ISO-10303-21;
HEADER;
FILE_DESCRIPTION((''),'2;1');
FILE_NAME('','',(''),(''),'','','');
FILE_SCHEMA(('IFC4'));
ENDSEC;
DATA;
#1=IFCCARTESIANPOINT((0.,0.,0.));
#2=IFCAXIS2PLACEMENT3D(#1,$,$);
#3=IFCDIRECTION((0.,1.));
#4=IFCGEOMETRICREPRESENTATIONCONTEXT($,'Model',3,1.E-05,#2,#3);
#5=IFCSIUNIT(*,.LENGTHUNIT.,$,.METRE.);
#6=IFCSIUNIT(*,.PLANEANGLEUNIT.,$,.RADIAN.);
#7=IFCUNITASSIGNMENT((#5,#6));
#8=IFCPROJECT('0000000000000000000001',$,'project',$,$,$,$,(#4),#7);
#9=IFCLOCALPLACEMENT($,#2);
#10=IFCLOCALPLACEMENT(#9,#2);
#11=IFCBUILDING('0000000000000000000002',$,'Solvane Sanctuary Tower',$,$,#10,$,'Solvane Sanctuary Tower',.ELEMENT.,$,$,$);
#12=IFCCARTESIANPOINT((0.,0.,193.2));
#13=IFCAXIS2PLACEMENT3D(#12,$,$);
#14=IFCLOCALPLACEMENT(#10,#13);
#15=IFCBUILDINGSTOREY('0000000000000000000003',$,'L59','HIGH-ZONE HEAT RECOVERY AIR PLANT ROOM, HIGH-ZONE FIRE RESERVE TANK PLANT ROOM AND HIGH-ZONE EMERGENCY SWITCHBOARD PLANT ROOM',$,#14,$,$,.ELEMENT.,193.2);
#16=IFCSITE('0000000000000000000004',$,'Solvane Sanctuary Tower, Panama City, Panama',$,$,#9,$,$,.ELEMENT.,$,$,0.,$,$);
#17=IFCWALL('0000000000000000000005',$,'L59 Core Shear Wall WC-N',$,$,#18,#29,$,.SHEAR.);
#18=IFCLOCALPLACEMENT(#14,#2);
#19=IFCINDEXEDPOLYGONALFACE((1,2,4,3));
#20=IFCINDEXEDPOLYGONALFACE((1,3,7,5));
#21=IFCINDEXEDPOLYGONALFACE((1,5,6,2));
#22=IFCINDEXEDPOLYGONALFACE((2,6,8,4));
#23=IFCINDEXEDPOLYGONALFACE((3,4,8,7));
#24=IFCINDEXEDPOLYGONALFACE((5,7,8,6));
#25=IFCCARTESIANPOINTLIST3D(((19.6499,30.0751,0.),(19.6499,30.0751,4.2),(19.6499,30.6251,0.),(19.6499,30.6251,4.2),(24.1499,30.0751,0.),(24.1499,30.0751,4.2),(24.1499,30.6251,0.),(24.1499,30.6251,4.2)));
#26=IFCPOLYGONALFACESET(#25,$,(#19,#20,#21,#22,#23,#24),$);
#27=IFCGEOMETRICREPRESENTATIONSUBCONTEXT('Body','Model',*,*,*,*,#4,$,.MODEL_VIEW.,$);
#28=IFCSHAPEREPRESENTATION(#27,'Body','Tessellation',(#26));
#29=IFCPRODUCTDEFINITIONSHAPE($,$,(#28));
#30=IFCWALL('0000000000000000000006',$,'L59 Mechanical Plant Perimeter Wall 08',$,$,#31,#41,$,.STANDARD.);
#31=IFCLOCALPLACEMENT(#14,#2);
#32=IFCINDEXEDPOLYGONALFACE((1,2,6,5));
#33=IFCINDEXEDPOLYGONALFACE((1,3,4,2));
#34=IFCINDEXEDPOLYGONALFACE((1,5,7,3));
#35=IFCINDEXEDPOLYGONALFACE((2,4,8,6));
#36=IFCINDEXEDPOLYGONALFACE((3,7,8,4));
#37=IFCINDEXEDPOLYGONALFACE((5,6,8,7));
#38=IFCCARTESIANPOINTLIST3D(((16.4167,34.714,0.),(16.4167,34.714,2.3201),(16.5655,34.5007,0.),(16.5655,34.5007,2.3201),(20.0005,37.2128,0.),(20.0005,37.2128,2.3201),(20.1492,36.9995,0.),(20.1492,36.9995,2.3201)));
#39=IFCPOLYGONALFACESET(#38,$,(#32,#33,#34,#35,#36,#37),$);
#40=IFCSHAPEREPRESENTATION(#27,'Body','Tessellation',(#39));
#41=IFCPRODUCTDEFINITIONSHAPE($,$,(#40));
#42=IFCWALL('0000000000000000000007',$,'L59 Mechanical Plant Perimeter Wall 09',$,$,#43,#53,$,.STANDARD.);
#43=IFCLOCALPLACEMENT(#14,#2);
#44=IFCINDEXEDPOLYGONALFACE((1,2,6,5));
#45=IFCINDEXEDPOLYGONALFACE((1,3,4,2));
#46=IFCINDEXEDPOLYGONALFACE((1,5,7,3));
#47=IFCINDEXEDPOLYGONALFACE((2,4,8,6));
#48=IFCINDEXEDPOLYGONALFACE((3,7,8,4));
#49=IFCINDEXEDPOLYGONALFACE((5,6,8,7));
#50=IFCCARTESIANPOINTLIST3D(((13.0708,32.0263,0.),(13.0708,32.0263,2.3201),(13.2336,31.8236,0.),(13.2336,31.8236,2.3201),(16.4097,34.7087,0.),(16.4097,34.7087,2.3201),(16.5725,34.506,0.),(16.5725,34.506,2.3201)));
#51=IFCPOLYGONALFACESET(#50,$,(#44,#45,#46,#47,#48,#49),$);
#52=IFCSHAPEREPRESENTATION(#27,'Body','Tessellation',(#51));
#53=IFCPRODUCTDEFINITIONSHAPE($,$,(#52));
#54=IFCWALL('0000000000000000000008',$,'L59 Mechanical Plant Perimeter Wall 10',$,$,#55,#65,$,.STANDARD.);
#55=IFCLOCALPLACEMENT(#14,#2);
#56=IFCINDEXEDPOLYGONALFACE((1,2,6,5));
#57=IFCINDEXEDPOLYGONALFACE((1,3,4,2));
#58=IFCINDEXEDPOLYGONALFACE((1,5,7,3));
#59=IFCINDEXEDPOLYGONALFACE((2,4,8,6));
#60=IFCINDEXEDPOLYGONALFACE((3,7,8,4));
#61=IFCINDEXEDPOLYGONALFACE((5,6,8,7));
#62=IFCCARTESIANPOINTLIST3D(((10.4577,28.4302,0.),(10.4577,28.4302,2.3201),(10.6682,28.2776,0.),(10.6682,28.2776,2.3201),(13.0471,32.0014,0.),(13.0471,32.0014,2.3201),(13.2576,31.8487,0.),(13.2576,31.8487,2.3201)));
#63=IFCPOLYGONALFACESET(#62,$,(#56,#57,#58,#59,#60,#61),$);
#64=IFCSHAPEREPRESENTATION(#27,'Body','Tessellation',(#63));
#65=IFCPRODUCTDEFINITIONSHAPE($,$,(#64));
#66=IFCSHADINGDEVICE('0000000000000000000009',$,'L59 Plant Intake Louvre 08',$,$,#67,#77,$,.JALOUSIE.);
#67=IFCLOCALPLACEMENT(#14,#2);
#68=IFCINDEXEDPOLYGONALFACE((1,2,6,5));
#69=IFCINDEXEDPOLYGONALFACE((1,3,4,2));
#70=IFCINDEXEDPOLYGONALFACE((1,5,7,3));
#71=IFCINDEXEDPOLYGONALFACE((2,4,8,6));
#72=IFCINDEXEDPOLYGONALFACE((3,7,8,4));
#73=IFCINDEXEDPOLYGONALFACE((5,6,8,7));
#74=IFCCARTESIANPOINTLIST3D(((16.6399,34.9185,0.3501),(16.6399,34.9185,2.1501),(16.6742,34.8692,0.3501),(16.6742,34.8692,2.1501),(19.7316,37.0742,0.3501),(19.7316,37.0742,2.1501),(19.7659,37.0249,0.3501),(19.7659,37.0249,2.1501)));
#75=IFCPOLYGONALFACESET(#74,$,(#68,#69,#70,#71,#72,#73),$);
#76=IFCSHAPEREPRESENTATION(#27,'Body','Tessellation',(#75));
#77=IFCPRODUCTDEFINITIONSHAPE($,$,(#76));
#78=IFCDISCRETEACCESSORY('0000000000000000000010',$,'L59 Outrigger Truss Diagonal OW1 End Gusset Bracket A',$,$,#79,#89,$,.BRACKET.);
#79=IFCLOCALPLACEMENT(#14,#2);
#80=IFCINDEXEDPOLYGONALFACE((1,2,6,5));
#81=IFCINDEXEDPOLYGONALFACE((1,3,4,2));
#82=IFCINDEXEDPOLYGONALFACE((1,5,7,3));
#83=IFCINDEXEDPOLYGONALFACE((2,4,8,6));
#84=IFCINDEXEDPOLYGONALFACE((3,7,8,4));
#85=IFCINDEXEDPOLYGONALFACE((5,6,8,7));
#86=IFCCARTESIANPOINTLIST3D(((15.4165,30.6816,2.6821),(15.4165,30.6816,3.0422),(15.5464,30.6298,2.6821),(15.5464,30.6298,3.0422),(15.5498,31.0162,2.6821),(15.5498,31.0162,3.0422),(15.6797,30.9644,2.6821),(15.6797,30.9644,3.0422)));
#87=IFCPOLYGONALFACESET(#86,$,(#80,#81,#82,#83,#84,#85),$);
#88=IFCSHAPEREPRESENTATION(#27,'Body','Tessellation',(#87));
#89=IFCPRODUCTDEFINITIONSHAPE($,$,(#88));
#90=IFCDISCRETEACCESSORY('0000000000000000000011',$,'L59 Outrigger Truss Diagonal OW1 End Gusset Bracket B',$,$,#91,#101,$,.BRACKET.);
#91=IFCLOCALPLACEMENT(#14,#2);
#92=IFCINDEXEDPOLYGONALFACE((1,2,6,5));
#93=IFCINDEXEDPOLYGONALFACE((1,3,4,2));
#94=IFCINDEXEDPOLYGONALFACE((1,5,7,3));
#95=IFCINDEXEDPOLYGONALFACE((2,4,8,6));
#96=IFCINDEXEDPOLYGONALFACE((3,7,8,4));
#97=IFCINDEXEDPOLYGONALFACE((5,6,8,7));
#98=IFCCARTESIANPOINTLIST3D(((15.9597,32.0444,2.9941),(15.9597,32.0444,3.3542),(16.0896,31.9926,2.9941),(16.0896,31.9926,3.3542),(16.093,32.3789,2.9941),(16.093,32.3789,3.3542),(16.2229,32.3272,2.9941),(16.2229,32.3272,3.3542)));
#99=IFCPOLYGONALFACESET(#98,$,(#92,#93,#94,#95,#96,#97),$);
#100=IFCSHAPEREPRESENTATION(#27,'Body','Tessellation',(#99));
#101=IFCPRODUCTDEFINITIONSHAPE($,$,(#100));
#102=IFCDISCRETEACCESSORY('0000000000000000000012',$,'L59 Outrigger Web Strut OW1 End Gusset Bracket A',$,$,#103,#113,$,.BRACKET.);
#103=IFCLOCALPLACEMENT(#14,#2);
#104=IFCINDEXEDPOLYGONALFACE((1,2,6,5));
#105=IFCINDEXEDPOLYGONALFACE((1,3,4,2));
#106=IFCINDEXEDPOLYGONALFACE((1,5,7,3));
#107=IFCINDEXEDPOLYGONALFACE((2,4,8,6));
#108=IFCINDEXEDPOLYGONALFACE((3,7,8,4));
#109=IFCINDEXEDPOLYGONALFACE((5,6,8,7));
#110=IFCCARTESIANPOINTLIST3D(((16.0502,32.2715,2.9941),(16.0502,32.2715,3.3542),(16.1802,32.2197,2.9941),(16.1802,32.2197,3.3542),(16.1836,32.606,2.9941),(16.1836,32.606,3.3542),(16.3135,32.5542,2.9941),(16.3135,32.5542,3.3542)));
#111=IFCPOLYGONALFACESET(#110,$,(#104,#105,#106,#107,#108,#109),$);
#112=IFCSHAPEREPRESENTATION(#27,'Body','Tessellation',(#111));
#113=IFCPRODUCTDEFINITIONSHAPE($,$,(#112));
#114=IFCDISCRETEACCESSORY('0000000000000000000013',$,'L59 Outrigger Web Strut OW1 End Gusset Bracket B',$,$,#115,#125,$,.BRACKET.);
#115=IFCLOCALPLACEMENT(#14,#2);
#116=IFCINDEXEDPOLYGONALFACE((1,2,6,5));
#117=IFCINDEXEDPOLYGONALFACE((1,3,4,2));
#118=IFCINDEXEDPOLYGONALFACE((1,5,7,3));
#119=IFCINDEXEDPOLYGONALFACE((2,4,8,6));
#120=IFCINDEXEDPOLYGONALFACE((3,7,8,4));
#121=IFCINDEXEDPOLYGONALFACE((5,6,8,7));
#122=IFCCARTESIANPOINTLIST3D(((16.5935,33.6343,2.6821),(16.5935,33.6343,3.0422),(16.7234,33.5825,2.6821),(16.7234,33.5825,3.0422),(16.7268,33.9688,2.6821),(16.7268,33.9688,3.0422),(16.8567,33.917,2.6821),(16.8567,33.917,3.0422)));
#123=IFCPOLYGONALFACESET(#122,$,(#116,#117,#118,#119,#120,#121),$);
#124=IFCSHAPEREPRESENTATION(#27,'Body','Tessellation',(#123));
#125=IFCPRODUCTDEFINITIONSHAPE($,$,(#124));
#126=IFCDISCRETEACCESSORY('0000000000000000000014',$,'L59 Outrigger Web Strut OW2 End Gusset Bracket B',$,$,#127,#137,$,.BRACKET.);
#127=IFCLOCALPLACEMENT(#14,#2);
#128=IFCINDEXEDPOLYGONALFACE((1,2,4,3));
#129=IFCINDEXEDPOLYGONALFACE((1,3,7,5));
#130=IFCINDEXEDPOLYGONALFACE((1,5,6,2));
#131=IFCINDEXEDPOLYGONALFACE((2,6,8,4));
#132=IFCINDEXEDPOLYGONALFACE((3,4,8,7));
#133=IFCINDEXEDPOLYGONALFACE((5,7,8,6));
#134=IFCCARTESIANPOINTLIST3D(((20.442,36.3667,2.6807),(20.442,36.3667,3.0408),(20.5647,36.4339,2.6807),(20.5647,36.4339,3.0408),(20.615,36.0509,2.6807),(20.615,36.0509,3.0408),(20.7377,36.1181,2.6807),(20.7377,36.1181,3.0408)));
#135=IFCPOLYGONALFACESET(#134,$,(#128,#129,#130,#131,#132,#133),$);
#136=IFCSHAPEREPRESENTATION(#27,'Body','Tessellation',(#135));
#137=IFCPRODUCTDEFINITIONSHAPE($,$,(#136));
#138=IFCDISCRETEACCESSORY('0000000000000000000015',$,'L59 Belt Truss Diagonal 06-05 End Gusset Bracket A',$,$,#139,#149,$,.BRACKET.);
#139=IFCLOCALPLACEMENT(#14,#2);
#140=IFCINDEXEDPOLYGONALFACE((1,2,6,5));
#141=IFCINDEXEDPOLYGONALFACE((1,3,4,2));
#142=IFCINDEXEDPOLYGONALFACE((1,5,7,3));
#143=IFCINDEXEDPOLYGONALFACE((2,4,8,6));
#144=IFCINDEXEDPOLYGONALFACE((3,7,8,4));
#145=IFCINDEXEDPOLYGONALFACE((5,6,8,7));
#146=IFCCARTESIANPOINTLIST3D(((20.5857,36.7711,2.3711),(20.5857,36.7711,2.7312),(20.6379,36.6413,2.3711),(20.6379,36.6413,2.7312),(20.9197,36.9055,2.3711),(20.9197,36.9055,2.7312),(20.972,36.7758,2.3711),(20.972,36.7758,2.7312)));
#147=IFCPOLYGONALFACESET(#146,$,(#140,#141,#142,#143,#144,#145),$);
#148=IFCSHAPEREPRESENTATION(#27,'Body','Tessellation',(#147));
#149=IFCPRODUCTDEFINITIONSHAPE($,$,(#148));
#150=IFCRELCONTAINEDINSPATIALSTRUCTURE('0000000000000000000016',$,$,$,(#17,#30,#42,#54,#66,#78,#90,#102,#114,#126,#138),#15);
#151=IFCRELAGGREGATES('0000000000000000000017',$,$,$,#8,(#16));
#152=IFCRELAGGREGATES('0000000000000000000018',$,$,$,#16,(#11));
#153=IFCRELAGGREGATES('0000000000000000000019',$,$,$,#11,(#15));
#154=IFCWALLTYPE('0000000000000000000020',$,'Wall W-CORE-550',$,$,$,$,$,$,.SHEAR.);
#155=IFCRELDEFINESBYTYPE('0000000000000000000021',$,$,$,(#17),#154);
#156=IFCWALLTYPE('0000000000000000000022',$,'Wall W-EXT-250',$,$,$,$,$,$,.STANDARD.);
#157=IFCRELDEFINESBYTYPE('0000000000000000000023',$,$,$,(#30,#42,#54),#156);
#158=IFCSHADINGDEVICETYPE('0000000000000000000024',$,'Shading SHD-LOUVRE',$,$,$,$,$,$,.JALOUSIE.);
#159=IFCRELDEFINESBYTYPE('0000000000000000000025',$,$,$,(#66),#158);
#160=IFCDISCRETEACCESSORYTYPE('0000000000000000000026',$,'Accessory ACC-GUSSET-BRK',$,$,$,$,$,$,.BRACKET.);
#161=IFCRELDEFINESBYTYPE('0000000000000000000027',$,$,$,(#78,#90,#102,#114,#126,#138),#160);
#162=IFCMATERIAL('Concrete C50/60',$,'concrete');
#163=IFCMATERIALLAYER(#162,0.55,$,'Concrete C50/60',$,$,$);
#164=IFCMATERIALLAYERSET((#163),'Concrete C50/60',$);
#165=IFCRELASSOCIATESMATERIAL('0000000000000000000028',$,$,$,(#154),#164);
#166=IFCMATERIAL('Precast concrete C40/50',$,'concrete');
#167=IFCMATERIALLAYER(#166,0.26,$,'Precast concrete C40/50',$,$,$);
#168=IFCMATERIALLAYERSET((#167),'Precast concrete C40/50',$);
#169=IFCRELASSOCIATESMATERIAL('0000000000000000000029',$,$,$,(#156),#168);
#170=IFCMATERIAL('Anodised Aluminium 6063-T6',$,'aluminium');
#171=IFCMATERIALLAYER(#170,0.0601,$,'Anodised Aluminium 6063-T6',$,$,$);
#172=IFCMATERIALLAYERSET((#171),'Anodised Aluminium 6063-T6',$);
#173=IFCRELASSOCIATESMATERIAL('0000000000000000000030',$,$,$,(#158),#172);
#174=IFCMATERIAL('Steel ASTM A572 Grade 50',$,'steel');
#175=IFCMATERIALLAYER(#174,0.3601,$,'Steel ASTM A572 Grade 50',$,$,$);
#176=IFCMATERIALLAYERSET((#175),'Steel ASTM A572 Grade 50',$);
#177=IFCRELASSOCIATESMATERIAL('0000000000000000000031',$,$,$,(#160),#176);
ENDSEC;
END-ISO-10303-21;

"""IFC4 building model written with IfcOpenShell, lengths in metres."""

from ifc_helpers import new_model, si_unit, direction, frame, frame_2d, origin, origin_2d, place, context, subcontext, project, spatial, rectangle, extrude, material, layer, layer_set, type_object, element, save


model = new_model("IFC4")

# Units and contexts
model_context = context("Model", 3, precision=1e-05, world=origin(), true_north=direction((0.0, 1.0)))
body_context = subcontext(model_context, "Body", "Model", "MODEL_VIEW")
ifc_project = project(units=[si_unit("LENGTHUNIT", "METRE"), si_unit("PLANEANGLEUNIT", "RADIAN")], contexts=[model_context])

# Site, building, storey
site_placement = place(None, origin())
site = spatial("IfcSite", under=ifc_project, at=site_placement, Name="Solvane Sanctuary Tower, Panama City, Panama", CompositionType="ELEMENT", RefElevation=0.0)
building_placement = place(site_placement, origin())
building = spatial("IfcBuilding", under=site, at=building_placement, Name="Solvane Sanctuary Tower", LongName="Solvane Sanctuary Tower", CompositionType="ELEMENT")
storey_placement = place(building_placement, frame((0.0, 0.0, 193.2)))
storey = spatial("IfcBuildingStorey", under=building, at=storey_placement, Name="L59", Description="HIGH-ZONE HEAT RECOVERY AIR PLANT ROOM, HIGH-ZONE FIRE RESERVE TANK PLANT ROOM AND HIGH-ZONE EMERGENCY SWITCHBOARD PLANT ROOM", CompositionType="ELEMENT", Elevation=193.2)

# Shared definitions
ifc_material_1 = material(Name="Concrete C50/60", Category="concrete")

# Shared definitions
ifc_material_2 = material(Name="Steel ASTM A572 Grade 50", Category="steel")

# Walls
ifc_layer_1 = layer(ifc_material_1, 0.55, Name="Concrete C50/60")
ifc_layer_set_1 = layer_set([ifc_layer_1], Name="Concrete C50/60")
wall_type_1 = type_object("IfcWallType", Name="Wall W-CORE-550", PredefinedType="SHEAR", material=ifc_layer_set_1)
wall_1_placement = place(storey_placement, frame((19.6499, 30.3501, 0.0), z_axis=(0.0, 0.0, 1.0), x_axis=(1.0, 0.0, 0.0)))
element("IfcWall", 1, at=wall_1_placement, inside=storey, type_object=wall_type_1, Name="L59 Core Shear Wall WC-N", PredefinedType="SHEAR", context=body_context, shape_type="SweptSolid", body=[
    extrude(rectangle(XDim=4.5, YDim=0.55, at=frame_2d((2.25, 0.0))), origin(), (0.0, 0.0, 1.0), 4.2),
])
ifc_material_3 = material(Name="Precast concrete C40/50", Category="concrete")
ifc_layer_2 = layer(ifc_material_3, 0.26, Name="Precast concrete C40/50")
ifc_layer_set_2 = layer_set([ifc_layer_2], Name="Precast concrete C40/50")
wall_type_2 = type_object("IfcWallType", Name="Wall W-EXT-250", PredefinedType="STANDARD", material=ifc_layer_set_2)
wall_2_placement = place(storey_placement, frame((20.075, 37.1062, 0.0), z_axis=(0.0, 0.0, 1.0), x_axis=(-0.820289, -0.57195, 0.0)))
element("IfcWall", 2, at=wall_2_placement, inside=storey, type_object=wall_type_2, Name="L59 Mechanical Plant Perimeter Wall 08", PredefinedType="STANDARD", context=body_context, shape_type="SweptSolid", body=[
    extrude(rectangle(XDim=4.3689, YDim=0.26, at=frame_2d((2.1846, 0.0))), origin(), (0.0, 0.0, 1.0), 2.3201),
])
wall_3_placement = place(storey_placement, frame((16.4912, 34.6074, 0.0), z_axis=(0.0, 0.0, 1.0), x_axis=(-0.779582, -0.6263, 0.0)))
element("IfcWall", 3, at=wall_3_placement, inside=storey, type_object=wall_type_2, Name="L59 Mechanical Plant Perimeter Wall 09", PredefinedType="STANDARD", context=body_context, shape_type="SweptSolid", body=[
    extrude(rectangle(XDim=4.283, YDim=0.26, at=frame_2d((2.1416, 0.0))), origin(), (0.0, 0.0, 1.0), 2.3201),
])
wall_4_placement = place(storey_placement, frame((13.1523, 31.925, 0.0), z_axis=(0.0, 0.0, 1.0), x_axis=(-0.587019, -0.809573, 0.0)))
element("IfcWall", 4, at=wall_4_placement, inside=storey, type_object=wall_type_2, Name="L59 Mechanical Plant Perimeter Wall 10", PredefinedType="STANDARD", context=body_context, shape_type="SweptSolid", body=[
    extrude(rectangle(XDim=4.4111, YDim=0.26, at=frame_2d((2.2056, 0.0))), origin(), (0.0, 0.0, 1.0), 2.3201),
])

# Shading device
ifc_material_4 = material(Name="Anodised Aluminium 6063-T6", Category="aluminium")
ifc_layer_3 = layer(ifc_material_4, 0.0601, Name="Anodised Aluminium 6063-T6")
ifc_layer_set_3 = layer_set([ifc_layer_3], Name="Anodised Aluminium 6063-T6")
shading_device_type = type_object("IfcShadingDeviceType", Name="Shading SHD-LOUVRE", PredefinedType="JALOUSIE", material=ifc_layer_set_3)
shading_device_placement = place(storey_placement, frame((18.2029, 35.9717, 0.3501), z_axis=(0.0, 0.0, 1.0), x_axis=(-0.820288, -0.571951, 0.0)))
element("IfcShadingDevice", 5, at=shading_device_placement, inside=storey, type_object=shading_device_type, Name="L59 Plant Intake Louvre 08", PredefinedType="JALOUSIE", context=body_context, shape_type="SweptSolid", body=[
    extrude(rectangle(XDim=3.769, YDim=0.0601, at=origin_2d()), origin(), (0.0, 0.0, 1.0), 1.8),
])

# Discrete accessories
ifc_layer_4 = layer(ifc_material_2, 0.3601, Name="Steel ASTM A572 Grade 50")
ifc_layer_set_4 = layer_set([ifc_layer_4], Name="Steel ASTM A572 Grade 50")
discrete_accessory_type = type_object("IfcDiscreteAccessoryType", Name="Accessory ACC-GUSSET-BRK", PredefinedType="BRACKET", material=ifc_layer_set_4)
for number, where, z_axis, x_axis, name in (
    (6, (15.5481, 30.823, 2.6821), (0.0, 0.0, 1.0), (0.370233, 0.928939, 0.0), "L59 Outrigger Truss Diagonal OW1 End Gusset Bracket A"),
    (7, (16.0913, 32.1858, 2.9941), (0.0, 0.0, 1.0), (0.370233, 0.928939, 0.0), "L59 Outrigger Truss Diagonal OW1 End Gusset Bracket B"),
    (8, (16.1819, 32.4128, 2.9941), (0.0, 0.0, 1.0), (0.370233, 0.928939, 0.0), "L59 Outrigger Web Strut OW1 End Gusset Bracket A"),
    (9, (16.7251, 33.7756, 2.6821), (0.0, 0.0, 1.0), (0.370233, 0.928939, 0.0), "L59 Outrigger Web Strut OW1 End Gusset Bracket B"),
    (10, (20.5898, 36.2424, 2.6807), (0.0, 0.0, 1.0), (-0.48053, 0.876978, 0.0), "L59 Outrigger Web Strut OW2 End Gusset Bracket B"),
    (11, (20.7788, 36.7734, 2.3711), (0.0, 0.0, 1.0), (0.927706, 0.373312, 0.0), "L59 Belt Truss Diagonal 06-05 End Gusset Bracket A"),
):
    element("IfcDiscreteAccessory", number, at=place(storey_placement, frame(where, z_axis=z_axis, x_axis=x_axis)), inside=storey, type_object=discrete_accessory_type, Name=name, PredefinedType="BRACKET", context=body_context, shape_type="SweptSolid", body=[
        extrude(rectangle(XDim=0.3601, YDim=0.1399, at=origin_2d()), origin(), (0.0, 0.0, 1.0), 0.3601),
    ])

save(model, "model.ifc")
